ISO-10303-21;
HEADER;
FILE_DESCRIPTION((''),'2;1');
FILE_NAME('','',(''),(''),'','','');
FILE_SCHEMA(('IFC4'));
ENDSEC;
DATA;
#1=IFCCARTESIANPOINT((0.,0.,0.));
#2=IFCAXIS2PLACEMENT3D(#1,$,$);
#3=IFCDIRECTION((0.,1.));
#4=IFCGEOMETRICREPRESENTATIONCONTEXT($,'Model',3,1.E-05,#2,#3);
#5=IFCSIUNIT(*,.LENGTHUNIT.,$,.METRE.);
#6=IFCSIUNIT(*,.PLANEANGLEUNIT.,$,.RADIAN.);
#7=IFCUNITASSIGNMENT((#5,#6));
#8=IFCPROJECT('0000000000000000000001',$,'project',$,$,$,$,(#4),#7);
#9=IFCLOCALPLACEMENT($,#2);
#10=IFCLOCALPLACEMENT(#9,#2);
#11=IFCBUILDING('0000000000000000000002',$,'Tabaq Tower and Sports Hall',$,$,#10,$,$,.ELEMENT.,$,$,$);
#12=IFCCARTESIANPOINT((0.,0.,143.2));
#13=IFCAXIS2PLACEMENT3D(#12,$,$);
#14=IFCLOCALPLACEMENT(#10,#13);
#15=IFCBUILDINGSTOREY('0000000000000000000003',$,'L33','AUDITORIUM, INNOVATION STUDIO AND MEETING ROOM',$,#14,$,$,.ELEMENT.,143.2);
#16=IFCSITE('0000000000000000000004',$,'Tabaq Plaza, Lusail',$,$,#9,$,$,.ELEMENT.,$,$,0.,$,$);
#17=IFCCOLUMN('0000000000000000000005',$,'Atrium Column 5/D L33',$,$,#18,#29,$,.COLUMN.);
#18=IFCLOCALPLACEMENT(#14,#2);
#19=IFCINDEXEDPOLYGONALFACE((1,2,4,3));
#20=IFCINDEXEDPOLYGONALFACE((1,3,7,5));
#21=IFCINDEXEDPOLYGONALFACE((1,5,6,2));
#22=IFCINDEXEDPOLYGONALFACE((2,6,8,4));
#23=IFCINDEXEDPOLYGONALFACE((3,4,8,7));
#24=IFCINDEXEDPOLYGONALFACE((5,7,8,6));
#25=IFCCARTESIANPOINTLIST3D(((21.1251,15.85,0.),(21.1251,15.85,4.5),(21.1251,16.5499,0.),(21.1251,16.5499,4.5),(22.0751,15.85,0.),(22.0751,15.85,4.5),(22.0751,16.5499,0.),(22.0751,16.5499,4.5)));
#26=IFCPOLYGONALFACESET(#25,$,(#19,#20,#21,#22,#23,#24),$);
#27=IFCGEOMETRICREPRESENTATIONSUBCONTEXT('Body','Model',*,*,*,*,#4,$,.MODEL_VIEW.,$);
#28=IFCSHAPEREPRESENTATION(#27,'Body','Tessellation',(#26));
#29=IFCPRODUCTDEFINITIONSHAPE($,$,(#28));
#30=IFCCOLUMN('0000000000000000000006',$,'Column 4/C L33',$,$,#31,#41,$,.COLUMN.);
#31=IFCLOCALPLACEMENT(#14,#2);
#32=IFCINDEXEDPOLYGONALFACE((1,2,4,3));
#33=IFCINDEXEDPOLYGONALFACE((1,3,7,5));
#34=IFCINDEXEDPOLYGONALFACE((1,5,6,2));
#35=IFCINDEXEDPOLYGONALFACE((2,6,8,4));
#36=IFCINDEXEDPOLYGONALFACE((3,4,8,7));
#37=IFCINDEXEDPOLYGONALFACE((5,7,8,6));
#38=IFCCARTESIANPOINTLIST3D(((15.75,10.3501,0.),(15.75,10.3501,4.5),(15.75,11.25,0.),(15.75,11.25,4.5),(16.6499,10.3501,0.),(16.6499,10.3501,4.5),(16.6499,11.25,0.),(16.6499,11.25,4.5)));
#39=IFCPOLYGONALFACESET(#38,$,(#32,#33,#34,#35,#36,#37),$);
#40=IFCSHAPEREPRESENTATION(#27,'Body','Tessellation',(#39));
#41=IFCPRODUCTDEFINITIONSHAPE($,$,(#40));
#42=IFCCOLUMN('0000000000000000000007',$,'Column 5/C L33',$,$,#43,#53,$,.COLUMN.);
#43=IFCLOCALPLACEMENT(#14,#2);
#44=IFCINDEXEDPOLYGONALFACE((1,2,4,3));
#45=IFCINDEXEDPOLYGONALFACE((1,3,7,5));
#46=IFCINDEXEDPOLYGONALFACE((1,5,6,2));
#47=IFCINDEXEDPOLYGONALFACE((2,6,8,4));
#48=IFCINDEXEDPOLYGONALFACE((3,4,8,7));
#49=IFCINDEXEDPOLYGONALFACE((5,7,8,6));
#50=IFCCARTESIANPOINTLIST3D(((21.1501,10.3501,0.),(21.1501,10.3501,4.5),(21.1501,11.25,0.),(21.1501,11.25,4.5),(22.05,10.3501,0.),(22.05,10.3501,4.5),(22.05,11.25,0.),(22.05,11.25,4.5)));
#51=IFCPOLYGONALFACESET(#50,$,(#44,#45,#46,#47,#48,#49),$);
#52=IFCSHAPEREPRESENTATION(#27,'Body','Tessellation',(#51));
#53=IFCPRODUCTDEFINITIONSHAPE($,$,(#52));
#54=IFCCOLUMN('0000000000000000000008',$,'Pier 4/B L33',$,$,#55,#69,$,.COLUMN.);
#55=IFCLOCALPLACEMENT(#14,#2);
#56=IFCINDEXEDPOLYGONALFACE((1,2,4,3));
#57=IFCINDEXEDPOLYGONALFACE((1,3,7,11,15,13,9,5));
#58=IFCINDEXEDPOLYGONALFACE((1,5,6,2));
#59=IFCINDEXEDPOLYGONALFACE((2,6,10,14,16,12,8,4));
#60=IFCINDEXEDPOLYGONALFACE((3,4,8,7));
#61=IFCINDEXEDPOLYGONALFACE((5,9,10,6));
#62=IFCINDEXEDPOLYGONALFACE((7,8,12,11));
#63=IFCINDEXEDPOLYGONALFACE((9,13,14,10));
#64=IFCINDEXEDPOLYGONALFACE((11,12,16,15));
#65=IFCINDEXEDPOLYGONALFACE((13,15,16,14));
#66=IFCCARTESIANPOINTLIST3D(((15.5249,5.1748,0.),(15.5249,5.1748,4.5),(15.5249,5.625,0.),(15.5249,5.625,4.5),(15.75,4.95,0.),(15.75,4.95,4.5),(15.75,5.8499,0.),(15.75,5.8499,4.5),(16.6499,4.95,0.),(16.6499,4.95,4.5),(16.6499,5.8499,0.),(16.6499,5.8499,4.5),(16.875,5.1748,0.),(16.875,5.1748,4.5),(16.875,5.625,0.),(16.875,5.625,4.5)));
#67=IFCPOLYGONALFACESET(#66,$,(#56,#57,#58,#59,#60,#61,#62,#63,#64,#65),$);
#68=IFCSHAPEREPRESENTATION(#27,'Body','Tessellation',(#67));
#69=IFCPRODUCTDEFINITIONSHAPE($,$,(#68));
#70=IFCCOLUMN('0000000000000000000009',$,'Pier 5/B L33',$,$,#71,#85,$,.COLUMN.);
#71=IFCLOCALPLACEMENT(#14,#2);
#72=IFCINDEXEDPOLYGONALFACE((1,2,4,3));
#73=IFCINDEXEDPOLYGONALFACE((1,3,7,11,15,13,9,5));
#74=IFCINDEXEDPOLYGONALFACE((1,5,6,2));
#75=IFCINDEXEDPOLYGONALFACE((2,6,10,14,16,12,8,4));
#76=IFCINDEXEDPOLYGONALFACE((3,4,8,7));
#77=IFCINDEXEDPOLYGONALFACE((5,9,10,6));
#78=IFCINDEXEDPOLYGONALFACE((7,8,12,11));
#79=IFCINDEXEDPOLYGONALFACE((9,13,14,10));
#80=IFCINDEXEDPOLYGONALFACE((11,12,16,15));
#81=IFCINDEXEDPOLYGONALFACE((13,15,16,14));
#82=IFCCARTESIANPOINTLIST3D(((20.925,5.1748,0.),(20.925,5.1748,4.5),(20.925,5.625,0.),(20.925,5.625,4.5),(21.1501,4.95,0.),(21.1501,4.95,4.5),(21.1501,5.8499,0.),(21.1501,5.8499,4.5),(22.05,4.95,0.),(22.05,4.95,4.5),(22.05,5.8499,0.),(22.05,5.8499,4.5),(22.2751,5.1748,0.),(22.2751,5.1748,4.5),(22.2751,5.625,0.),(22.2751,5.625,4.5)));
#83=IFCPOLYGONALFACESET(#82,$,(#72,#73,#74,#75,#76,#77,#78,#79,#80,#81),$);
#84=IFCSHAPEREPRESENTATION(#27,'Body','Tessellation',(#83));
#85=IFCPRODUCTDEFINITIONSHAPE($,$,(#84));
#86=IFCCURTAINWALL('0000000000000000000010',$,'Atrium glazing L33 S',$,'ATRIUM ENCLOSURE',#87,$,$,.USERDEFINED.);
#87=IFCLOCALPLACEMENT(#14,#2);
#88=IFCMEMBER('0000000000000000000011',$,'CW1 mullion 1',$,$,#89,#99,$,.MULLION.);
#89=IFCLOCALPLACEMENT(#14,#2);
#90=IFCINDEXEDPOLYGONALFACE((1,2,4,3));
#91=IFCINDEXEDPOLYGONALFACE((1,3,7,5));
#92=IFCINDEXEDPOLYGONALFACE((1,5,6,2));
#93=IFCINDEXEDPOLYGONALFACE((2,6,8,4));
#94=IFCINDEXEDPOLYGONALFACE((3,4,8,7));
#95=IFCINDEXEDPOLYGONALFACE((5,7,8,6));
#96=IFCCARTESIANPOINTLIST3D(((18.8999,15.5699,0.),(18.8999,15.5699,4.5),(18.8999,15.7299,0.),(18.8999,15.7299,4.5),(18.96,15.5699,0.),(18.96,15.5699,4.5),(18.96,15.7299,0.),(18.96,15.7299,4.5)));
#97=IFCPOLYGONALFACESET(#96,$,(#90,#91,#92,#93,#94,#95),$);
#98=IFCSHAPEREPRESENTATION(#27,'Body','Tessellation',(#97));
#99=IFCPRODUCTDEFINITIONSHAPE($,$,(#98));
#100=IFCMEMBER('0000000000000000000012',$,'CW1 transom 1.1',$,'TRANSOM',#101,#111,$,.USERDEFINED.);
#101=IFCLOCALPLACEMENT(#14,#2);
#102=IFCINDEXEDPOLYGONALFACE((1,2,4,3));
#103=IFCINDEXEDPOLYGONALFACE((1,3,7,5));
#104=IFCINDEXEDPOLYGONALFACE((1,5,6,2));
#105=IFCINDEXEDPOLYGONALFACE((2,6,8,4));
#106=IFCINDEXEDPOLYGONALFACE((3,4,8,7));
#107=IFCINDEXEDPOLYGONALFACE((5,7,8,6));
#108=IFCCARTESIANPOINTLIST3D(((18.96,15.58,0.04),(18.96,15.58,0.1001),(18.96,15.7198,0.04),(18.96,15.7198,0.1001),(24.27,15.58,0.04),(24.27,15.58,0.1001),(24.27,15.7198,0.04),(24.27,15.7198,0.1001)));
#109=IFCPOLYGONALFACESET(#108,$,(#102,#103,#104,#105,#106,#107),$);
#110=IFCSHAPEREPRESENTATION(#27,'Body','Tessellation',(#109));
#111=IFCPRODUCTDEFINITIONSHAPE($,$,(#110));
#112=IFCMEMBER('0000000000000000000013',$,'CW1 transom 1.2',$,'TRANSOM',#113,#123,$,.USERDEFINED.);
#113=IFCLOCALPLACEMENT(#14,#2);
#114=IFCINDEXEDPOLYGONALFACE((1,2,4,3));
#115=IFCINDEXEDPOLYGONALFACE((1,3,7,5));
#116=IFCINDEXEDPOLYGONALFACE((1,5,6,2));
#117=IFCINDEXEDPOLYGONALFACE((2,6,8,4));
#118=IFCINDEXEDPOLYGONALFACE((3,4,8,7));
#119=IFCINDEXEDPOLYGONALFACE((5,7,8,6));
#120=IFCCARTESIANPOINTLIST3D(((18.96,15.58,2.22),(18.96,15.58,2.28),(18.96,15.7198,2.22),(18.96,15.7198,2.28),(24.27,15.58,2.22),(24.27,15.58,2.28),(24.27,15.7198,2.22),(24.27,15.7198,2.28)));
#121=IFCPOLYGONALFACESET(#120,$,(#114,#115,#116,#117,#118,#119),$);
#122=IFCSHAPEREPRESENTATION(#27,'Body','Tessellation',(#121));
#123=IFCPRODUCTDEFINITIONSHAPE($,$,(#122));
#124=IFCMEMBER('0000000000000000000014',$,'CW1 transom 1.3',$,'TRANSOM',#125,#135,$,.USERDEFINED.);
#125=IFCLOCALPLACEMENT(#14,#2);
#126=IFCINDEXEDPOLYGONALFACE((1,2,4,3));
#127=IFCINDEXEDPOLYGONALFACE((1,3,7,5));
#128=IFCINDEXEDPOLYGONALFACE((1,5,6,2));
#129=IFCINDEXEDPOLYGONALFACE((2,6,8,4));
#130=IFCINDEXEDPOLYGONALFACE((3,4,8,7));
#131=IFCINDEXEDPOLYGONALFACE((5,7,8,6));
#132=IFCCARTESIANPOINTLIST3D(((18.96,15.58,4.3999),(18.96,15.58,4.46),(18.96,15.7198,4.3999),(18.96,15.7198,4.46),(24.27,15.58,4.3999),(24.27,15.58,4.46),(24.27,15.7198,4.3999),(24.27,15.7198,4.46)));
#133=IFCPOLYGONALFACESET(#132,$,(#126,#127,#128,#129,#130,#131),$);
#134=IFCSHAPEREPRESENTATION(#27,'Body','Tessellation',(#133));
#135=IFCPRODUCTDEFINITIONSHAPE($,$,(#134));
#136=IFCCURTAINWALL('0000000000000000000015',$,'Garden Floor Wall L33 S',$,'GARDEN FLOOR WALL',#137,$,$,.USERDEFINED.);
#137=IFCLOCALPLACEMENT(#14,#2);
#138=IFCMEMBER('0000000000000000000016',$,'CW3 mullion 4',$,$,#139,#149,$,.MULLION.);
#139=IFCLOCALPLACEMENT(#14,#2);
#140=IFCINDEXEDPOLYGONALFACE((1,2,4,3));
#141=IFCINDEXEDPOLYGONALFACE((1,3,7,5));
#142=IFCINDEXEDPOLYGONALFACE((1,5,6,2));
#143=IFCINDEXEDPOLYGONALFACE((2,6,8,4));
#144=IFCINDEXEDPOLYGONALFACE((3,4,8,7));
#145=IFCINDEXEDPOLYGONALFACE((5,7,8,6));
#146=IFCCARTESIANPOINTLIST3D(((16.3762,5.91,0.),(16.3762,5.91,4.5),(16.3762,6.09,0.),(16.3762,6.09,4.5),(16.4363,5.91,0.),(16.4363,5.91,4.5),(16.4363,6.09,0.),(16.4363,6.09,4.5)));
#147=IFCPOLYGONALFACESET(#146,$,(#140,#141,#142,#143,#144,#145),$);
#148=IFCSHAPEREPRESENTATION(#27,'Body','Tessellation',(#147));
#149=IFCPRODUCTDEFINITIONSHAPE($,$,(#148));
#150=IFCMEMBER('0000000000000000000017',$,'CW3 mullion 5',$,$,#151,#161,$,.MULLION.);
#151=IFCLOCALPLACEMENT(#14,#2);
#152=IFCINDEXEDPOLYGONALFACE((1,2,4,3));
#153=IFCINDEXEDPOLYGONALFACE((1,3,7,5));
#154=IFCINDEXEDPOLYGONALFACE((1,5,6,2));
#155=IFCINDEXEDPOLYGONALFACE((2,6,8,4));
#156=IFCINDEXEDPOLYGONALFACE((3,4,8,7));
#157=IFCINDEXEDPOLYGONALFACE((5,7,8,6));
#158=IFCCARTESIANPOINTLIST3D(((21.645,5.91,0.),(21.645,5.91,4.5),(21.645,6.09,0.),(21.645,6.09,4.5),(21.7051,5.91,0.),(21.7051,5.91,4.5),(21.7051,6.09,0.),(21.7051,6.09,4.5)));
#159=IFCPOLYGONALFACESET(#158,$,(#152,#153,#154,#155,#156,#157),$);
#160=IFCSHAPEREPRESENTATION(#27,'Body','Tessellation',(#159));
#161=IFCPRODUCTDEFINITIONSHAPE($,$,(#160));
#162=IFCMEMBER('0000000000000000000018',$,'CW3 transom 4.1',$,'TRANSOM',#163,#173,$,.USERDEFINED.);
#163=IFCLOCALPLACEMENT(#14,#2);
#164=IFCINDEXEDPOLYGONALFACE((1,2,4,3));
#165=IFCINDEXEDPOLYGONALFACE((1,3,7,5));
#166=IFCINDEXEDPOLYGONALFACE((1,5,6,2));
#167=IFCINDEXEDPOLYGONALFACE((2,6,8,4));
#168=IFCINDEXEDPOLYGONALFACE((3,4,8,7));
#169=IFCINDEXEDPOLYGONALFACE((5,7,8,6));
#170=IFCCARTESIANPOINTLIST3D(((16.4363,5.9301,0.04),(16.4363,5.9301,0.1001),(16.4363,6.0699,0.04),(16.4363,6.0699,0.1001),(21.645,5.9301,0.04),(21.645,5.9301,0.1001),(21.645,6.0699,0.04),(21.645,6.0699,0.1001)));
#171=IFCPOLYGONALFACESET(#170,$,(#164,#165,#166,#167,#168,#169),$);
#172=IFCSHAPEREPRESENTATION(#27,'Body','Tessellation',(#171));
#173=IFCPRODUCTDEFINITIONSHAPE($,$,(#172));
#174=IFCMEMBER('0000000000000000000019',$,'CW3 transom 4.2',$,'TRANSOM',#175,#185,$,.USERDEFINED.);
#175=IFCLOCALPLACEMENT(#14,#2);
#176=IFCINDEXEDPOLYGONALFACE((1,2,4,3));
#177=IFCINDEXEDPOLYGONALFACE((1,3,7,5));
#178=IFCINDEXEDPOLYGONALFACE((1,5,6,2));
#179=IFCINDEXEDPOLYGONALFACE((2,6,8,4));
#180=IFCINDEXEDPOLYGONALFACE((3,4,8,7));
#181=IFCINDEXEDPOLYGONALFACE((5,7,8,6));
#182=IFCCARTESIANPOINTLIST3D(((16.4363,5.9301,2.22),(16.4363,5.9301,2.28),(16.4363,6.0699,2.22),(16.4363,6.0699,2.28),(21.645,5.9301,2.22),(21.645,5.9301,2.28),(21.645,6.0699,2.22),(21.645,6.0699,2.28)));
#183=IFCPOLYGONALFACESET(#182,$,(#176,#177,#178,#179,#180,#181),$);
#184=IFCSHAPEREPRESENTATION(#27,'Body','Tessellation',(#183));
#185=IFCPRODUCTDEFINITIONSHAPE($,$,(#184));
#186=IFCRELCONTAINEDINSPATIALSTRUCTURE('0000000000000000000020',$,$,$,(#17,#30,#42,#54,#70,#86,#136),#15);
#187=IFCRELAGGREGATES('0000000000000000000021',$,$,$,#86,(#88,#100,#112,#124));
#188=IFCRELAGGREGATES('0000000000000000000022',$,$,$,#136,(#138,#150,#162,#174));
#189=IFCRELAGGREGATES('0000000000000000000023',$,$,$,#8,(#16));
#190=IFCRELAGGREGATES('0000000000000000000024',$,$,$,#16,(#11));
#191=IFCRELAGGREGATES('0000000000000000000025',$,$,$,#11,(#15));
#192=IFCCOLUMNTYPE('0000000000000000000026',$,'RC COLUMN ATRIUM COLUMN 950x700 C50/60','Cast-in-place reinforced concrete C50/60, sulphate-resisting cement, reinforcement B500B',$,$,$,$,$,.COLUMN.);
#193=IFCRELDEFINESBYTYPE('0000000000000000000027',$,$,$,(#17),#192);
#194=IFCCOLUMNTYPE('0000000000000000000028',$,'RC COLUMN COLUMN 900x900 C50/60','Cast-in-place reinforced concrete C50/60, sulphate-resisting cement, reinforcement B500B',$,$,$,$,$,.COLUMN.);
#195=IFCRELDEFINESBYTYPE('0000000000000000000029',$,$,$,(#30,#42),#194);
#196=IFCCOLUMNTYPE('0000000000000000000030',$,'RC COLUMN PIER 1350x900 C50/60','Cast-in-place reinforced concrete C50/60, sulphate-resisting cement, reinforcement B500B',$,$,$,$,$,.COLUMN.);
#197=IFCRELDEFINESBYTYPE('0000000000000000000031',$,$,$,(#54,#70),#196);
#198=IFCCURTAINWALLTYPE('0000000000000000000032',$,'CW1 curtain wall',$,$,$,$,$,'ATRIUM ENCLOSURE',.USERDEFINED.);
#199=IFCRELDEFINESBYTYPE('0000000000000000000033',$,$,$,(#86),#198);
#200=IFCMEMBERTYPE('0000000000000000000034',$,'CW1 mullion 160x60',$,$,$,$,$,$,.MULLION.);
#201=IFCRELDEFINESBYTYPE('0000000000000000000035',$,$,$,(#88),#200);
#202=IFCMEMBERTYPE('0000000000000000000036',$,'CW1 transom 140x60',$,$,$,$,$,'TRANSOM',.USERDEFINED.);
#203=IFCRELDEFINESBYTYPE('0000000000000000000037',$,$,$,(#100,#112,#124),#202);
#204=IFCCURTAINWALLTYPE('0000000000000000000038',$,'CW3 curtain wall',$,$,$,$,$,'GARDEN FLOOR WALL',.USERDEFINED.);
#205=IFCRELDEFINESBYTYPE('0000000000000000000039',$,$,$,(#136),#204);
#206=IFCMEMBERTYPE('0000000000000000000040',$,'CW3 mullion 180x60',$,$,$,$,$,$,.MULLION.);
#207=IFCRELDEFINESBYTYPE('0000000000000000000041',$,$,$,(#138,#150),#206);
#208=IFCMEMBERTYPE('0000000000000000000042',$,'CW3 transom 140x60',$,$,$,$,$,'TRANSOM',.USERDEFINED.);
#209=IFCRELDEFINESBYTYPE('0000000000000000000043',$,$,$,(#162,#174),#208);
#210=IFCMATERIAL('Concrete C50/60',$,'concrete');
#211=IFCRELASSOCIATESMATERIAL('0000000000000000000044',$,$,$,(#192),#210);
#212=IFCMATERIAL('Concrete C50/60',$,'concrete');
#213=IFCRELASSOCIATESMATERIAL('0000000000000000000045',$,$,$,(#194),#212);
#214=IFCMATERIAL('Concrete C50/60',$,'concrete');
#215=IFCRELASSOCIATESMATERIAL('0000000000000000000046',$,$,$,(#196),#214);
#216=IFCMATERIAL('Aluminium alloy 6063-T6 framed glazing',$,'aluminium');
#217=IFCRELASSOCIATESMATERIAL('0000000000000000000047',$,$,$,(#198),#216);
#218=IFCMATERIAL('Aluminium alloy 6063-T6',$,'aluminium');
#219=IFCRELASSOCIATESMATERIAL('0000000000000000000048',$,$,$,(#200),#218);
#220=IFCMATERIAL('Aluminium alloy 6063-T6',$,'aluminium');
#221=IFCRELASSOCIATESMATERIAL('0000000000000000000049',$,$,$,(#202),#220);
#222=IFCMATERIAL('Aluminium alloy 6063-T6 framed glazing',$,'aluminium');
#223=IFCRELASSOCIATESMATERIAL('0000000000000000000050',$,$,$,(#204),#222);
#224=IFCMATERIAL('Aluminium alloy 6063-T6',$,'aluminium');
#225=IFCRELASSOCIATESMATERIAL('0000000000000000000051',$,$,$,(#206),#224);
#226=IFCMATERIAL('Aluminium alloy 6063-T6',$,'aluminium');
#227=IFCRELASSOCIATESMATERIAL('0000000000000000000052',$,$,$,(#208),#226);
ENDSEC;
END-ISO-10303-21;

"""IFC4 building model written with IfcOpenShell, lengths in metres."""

from ifc_helpers import new_model, si_unit, direction, frame, origin, origin_2d, place, context, subcontext, project, spatial, polyline, rectangle, outline, extrude, material, material_profile, profile_set, type_object, element, aggregate, save


model = new_model("IFC4")

# Units and contexts
model_context = context("Model", 3, precision=1e-05, world=origin(), true_north=direction((0.0, 1.0)))
body_context = subcontext(model_context, "Body", "Model", "MODEL_VIEW")
ifc_project = project(units=[si_unit("LENGTHUNIT", "METRE"), si_unit("PLANEANGLEUNIT", "RADIAN")], contexts=[model_context])

# Site, building, storey
site_placement = place(None, origin())
site = spatial("IfcSite", under=ifc_project, at=site_placement, Name="Tabaq Plaza, Lusail", CompositionType="ELEMENT", RefElevation=0.0)
building_placement = place(site_placement, origin())
building = spatial("IfcBuilding", under=site, at=building_placement, Name="Tabaq Tower and Sports Hall", CompositionType="ELEMENT")
storey_placement = place(building_placement, frame((0.0, 0.0, 143.2)))
storey = spatial("IfcBuildingStorey", under=building, at=storey_placement, Name="L33", Description="AUDITORIUM, INNOVATION STUDIO AND MEETING ROOM", CompositionType="ELEMENT", Elevation=143.2)

# Columns
ifc_material_1 = material(Name="Concrete C50/60", Category="concrete")
ifc_material_profile_1 = material_profile(ifc_material_1, rectangle(XDim=0.95, YDim=0.7, at=origin_2d()), Name="ATRIUM COLUMN 950x700")
ifc_profile_set_1 = profile_set([ifc_material_profile_1], Name="Concrete C50/60")
column_type_1 = type_object("IfcColumnType", Name="RC COLUMN ATRIUM COLUMN 950x700 C50/60", Description="Cast-in-place reinforced concrete C50/60, sulphate-resisting cement, reinforcement B500B", PredefinedType="COLUMN", material=ifc_profile_set_1)
column_placement = place(storey_placement, frame((21.6001, 16.2, 0.0), z_axis=(0.0, 0.0, 1.0), x_axis=(1.0, 0.0, 0.0)))
element("IfcColumn", 1, at=column_placement, inside=storey, type_object=column_type_1, Name="Atrium Column 5/D L33", PredefinedType="COLUMN", context=body_context, shape_type="SweptSolid", body=[
    extrude(rectangle(XDim=0.95, YDim=0.7, at=origin_2d()), origin(), (0.0, 0.0, 1.0), 4.5),
])
ifc_material_2 = material(Name="Concrete C50/60", Category="concrete")
ifc_material_profile_2 = material_profile(ifc_material_2, rectangle(XDim=0.8999, YDim=0.8999, at=origin_2d()), Name="COLUMN 900x900")
ifc_profile_set_2 = profile_set([ifc_material_profile_2], Name="Concrete C50/60")
column_type_2 = type_object("IfcColumnType", Name="RC COLUMN COLUMN 900x900 C50/60", Description="Cast-in-place reinforced concrete C50/60, sulphate-resisting cement, reinforcement B500B", PredefinedType="COLUMN", material=ifc_profile_set_2)
for number, where, z_axis, x_axis, name in (
    (2, (16.2, 10.8, 0.0), (0.0, 0.0, 1.0), (1.0, 0.0, 0.0), "Column 4/C L33"),
    (3, (21.6001, 10.8, 0.0), (0.0, 0.0, 1.0), (1.0, 0.0, 0.0), "Column 5/C L33"),
):
    element("IfcColumn", number, at=place(storey_placement, frame(where, z_axis=z_axis, x_axis=x_axis)), inside=storey, type_object=column_type_2, Name=name, PredefinedType="COLUMN", context=body_context, shape_type="SweptSolid", body=[
        extrude(rectangle(XDim=0.8999, YDim=0.8999, at=origin_2d()), origin(), (0.0, 0.0, 1.0), 4.5),
    ])
ifc_material_3 = material(Name="Concrete C50/60", Category="concrete")
ifc_material_profile_3 = material_profile(ifc_material_3, outline(polyline([(-0.45, -0.45), (0.45, -0.45), (0.675, -0.2251), (0.675, 0.2251), (0.45, 0.45), (-0.45, 0.45), (-0.675, 0.2251), (-0.675, -0.2251), (-0.45, -0.45)])), Name="PIER 1350x900")
ifc_profile_set_3 = profile_set([ifc_material_profile_3], Name="Concrete C50/60")
column_type_3 = type_object("IfcColumnType", Name="RC COLUMN PIER 1350x900 C50/60", Description="Cast-in-place reinforced concrete C50/60, sulphate-resisting cement, reinforcement B500B", PredefinedType="COLUMN", material=ifc_profile_set_3)
for number, where, z_axis, x_axis, name in (
    (4, (16.2, 5.3999, 0.0), (0.0, 0.0, 1.0), (1.0, 0.0, 0.0), "Pier 4/B L33"),
    (5, (21.6001, 5.3999, 0.0), (0.0, 0.0, 1.0), (1.0, 0.0, 0.0), "Pier 5/B L33"),
):
    element("IfcColumn", number, at=place(storey_placement, frame(where, z_axis=z_axis, x_axis=x_axis)), inside=storey, type_object=column_type_3, Name=name, PredefinedType="COLUMN", context=body_context, shape_type="SweptSolid", body=[
        extrude(outline(polyline([(-0.45, -0.45), (0.45, -0.45), (0.675, -0.2251), (0.675, 0.2251), (0.45, 0.45), (-0.45, 0.45), (-0.675, 0.2251), (-0.675, -0.2251), (-0.45, -0.45)])), origin(), (0.0, 0.0, 1.0), 4.5),
    ])

# Curtain walls, members
ifc_material_4 = material(Name="Aluminium alloy 6063-T6 framed glazing", Category="aluminium")
curtain_wall_type_1 = type_object("IfcCurtainWallType", Name="CW1 curtain wall", ElementType="ATRIUM ENCLOSURE", PredefinedType="USERDEFINED", material=ifc_material_4)
curtain_wall_1_placement = place(storey_placement, origin())
curtain_wall_1 = element("IfcCurtainWall", 6, at=curtain_wall_1_placement, inside=storey, type_object=curtain_wall_type_1, Name="Atrium glazing L33 S", ObjectType="ATRIUM ENCLOSURE", PredefinedType="USERDEFINED")
ifc_material_5 = material(Name="Aluminium alloy 6063-T6", Category="aluminium")
ifc_material_profile_4 = material_profile(ifc_material_5, rectangle(XDim=0.1599, YDim=0.0601, at=origin_2d()), Name="MULLION 160x60")
ifc_profile_set_4 = profile_set([ifc_material_profile_4], Name="Aluminium alloy 6063-T6")
member_type_1 = type_object("IfcMemberType", Name="CW1 mullion 160x60", PredefinedType="MULLION", material=ifc_profile_set_4)
member_1_placement = place(storey_placement, frame((18.9299, 15.6499, 0.0), z_axis=(0.0, 0.0, 1.0), x_axis=(0.0, 1.0, 0.0)))
member_1 = element("IfcMember", 7, at=member_1_placement, type_object=member_type_1, Name="CW1 mullion 1", PredefinedType="MULLION", context=body_context, shape_type="SweptSolid", body=[
    extrude(rectangle(XDim=0.1599, YDim=0.0601, at=origin_2d()), origin(), (0.0, 0.0, 1.0), 4.5),
])
ifc_material_6 = material(Name="Aluminium alloy 6063-T6", Category="aluminium")
ifc_material_profile_5 = material_profile(ifc_material_6, rectangle(XDim=0.1399, YDim=0.0601, at=origin_2d()), Name="TRANSOM 140x60")
ifc_profile_set_5 = profile_set([ifc_material_profile_5], Name="Aluminium alloy 6063-T6")
member_type_2 = type_object("IfcMemberType", Name="CW1 transom 140x60", ElementType="TRANSOM", PredefinedType="USERDEFINED", material=ifc_profile_set_5)
member_2_placement = place(storey_placement, frame((18.96, 15.6499, 0.0701), z_axis=(1.0, 0.0, 0.0), x_axis=(0.0, 1.0, 0.0)))
member_2 = element("IfcMember", 8, at=member_2_placement, type_object=member_type_2, Name="CW1 transom 1.1", ObjectType="TRANSOM", PredefinedType="USERDEFINED", context=body_context, shape_type="SweptSolid", body=[
    extrude(rectangle(XDim=0.1399, YDim=0.0601, at=origin_2d()), origin(), (0.0, 0.0, 1.0), 5.3101),
])
member_3_placement = place(storey_placement, frame((18.96, 15.6499, 2.25), z_axis=(1.0, 0.0, 0.0), x_axis=(0.0, 1.0, 0.0)))
member_3 = element("IfcMember", 9, at=member_3_placement, type_object=member_type_2, Name="CW1 transom 1.2", ObjectType="TRANSOM", PredefinedType="USERDEFINED", context=body_context, shape_type="SweptSolid", body=[
    extrude(rectangle(XDim=0.1399, YDim=0.0601, at=origin_2d()), origin(), (0.0, 0.0, 1.0), 5.3101),
])
member_4_placement = place(storey_placement, frame((18.96, 15.6499, 4.4299), z_axis=(1.0, 0.0, 0.0), x_axis=(0.0, 1.0, 0.0)))
member_4 = element("IfcMember", 10, at=member_4_placement, type_object=member_type_2, Name="CW1 transom 1.3", ObjectType="TRANSOM", PredefinedType="USERDEFINED", context=body_context, shape_type="SweptSolid", body=[
    extrude(rectangle(XDim=0.1399, YDim=0.0601, at=origin_2d()), origin(), (0.0, 0.0, 1.0), 5.3101),
])
ifc_material_7 = material(Name="Aluminium alloy 6063-T6 framed glazing", Category="aluminium")
curtain_wall_type_2 = type_object("IfcCurtainWallType", Name="CW3 curtain wall", ElementType="GARDEN FLOOR WALL", PredefinedType="USERDEFINED", material=ifc_material_7)
curtain_wall_2_placement = place(storey_placement, origin())
curtain_wall_2 = element("IfcCurtainWall", 11, at=curtain_wall_2_placement, inside=storey, type_object=curtain_wall_type_2, Name="Garden Floor Wall L33 S", ObjectType="GARDEN FLOOR WALL", PredefinedType="USERDEFINED")
ifc_material_8 = material(Name="Aluminium alloy 6063-T6", Category="aluminium")
ifc_material_profile_6 = material_profile(ifc_material_8, rectangle(XDim=0.1799, YDim=0.0601, at=origin_2d()), Name="MULLION 180x60")
ifc_profile_set_6 = profile_set([ifc_material_profile_6], Name="Aluminium alloy 6063-T6")
member_type_3 = type_object("IfcMemberType", Name="CW3 mullion 180x60", PredefinedType="MULLION", material=ifc_profile_set_6)
member_5_placement = place(storey_placement, frame((16.4062, 6.0, 0.0), z_axis=(0.0, 0.0, 1.0), x_axis=(0.0, 1.0, 0.0)))
member_5 = element("IfcMember", 12, at=member_5_placement, type_object=member_type_3, Name="CW3 mullion 4", PredefinedType="MULLION", context=body_context, shape_type="SweptSolid", body=[
    extrude(rectangle(XDim=0.1799, YDim=0.0601, at=origin_2d()), origin(), (0.0, 0.0, 1.0), 4.5),
])
member_6_placement = place(storey_placement, frame((21.675, 6.0, 0.0), z_axis=(0.0, 0.0, 1.0), x_axis=(0.0, 1.0, 0.0)))
member_6 = element("IfcMember", 13, at=member_6_placement, type_object=member_type_3, Name="CW3 mullion 5", PredefinedType="MULLION", context=body_context, shape_type="SweptSolid", body=[
    extrude(rectangle(XDim=0.1799, YDim=0.0601, at=origin_2d()), origin(), (0.0, 0.0, 1.0), 4.5),
])
ifc_material_9 = material(Name="Aluminium alloy 6063-T6", Category="aluminium")
ifc_material_profile_7 = material_profile(ifc_material_9, rectangle(XDim=0.1399, YDim=0.0601, at=origin_2d()), Name="TRANSOM 140x60")
ifc_profile_set_7 = profile_set([ifc_material_profile_7], Name="Aluminium alloy 6063-T6")
member_type_4 = type_object("IfcMemberType", Name="CW3 transom 140x60", ElementType="TRANSOM", PredefinedType="USERDEFINED", material=ifc_profile_set_7)
member_7_placement = place(storey_placement, frame((16.4363, 6.0, 0.0701), z_axis=(1.0, 0.0, 0.0), x_axis=(0.0, 1.0, 0.0)))
member_7 = element("IfcMember", 14, at=member_7_placement, type_object=member_type_4, Name="CW3 transom 4.1", ObjectType="TRANSOM", PredefinedType="USERDEFINED", context=body_context, shape_type="SweptSolid", body=[
    extrude(rectangle(XDim=0.1399, YDim=0.0601, at=origin_2d()), origin(), (0.0, 0.0, 1.0), 5.2087),
])
member_8_placement = place(storey_placement, frame((16.4363, 6.0, 2.25), z_axis=(1.0, 0.0, 0.0), x_axis=(0.0, 1.0, 0.0)))
member_8 = element("IfcMember", 15, at=member_8_placement, type_object=member_type_4, Name="CW3 transom 4.2", ObjectType="TRANSOM", PredefinedType="USERDEFINED", context=body_context, shape_type="SweptSolid", body=[
    extrude(rectangle(XDim=0.1399, YDim=0.0601, at=origin_2d()), origin(), (0.0, 0.0, 1.0), 5.2087),
])

aggregate(curtain_wall_1, [member_1, member_2, member_3, member_4])
aggregate(curtain_wall_2, [member_5, member_6, member_7, member_8])

save(model, "model.ifc")
